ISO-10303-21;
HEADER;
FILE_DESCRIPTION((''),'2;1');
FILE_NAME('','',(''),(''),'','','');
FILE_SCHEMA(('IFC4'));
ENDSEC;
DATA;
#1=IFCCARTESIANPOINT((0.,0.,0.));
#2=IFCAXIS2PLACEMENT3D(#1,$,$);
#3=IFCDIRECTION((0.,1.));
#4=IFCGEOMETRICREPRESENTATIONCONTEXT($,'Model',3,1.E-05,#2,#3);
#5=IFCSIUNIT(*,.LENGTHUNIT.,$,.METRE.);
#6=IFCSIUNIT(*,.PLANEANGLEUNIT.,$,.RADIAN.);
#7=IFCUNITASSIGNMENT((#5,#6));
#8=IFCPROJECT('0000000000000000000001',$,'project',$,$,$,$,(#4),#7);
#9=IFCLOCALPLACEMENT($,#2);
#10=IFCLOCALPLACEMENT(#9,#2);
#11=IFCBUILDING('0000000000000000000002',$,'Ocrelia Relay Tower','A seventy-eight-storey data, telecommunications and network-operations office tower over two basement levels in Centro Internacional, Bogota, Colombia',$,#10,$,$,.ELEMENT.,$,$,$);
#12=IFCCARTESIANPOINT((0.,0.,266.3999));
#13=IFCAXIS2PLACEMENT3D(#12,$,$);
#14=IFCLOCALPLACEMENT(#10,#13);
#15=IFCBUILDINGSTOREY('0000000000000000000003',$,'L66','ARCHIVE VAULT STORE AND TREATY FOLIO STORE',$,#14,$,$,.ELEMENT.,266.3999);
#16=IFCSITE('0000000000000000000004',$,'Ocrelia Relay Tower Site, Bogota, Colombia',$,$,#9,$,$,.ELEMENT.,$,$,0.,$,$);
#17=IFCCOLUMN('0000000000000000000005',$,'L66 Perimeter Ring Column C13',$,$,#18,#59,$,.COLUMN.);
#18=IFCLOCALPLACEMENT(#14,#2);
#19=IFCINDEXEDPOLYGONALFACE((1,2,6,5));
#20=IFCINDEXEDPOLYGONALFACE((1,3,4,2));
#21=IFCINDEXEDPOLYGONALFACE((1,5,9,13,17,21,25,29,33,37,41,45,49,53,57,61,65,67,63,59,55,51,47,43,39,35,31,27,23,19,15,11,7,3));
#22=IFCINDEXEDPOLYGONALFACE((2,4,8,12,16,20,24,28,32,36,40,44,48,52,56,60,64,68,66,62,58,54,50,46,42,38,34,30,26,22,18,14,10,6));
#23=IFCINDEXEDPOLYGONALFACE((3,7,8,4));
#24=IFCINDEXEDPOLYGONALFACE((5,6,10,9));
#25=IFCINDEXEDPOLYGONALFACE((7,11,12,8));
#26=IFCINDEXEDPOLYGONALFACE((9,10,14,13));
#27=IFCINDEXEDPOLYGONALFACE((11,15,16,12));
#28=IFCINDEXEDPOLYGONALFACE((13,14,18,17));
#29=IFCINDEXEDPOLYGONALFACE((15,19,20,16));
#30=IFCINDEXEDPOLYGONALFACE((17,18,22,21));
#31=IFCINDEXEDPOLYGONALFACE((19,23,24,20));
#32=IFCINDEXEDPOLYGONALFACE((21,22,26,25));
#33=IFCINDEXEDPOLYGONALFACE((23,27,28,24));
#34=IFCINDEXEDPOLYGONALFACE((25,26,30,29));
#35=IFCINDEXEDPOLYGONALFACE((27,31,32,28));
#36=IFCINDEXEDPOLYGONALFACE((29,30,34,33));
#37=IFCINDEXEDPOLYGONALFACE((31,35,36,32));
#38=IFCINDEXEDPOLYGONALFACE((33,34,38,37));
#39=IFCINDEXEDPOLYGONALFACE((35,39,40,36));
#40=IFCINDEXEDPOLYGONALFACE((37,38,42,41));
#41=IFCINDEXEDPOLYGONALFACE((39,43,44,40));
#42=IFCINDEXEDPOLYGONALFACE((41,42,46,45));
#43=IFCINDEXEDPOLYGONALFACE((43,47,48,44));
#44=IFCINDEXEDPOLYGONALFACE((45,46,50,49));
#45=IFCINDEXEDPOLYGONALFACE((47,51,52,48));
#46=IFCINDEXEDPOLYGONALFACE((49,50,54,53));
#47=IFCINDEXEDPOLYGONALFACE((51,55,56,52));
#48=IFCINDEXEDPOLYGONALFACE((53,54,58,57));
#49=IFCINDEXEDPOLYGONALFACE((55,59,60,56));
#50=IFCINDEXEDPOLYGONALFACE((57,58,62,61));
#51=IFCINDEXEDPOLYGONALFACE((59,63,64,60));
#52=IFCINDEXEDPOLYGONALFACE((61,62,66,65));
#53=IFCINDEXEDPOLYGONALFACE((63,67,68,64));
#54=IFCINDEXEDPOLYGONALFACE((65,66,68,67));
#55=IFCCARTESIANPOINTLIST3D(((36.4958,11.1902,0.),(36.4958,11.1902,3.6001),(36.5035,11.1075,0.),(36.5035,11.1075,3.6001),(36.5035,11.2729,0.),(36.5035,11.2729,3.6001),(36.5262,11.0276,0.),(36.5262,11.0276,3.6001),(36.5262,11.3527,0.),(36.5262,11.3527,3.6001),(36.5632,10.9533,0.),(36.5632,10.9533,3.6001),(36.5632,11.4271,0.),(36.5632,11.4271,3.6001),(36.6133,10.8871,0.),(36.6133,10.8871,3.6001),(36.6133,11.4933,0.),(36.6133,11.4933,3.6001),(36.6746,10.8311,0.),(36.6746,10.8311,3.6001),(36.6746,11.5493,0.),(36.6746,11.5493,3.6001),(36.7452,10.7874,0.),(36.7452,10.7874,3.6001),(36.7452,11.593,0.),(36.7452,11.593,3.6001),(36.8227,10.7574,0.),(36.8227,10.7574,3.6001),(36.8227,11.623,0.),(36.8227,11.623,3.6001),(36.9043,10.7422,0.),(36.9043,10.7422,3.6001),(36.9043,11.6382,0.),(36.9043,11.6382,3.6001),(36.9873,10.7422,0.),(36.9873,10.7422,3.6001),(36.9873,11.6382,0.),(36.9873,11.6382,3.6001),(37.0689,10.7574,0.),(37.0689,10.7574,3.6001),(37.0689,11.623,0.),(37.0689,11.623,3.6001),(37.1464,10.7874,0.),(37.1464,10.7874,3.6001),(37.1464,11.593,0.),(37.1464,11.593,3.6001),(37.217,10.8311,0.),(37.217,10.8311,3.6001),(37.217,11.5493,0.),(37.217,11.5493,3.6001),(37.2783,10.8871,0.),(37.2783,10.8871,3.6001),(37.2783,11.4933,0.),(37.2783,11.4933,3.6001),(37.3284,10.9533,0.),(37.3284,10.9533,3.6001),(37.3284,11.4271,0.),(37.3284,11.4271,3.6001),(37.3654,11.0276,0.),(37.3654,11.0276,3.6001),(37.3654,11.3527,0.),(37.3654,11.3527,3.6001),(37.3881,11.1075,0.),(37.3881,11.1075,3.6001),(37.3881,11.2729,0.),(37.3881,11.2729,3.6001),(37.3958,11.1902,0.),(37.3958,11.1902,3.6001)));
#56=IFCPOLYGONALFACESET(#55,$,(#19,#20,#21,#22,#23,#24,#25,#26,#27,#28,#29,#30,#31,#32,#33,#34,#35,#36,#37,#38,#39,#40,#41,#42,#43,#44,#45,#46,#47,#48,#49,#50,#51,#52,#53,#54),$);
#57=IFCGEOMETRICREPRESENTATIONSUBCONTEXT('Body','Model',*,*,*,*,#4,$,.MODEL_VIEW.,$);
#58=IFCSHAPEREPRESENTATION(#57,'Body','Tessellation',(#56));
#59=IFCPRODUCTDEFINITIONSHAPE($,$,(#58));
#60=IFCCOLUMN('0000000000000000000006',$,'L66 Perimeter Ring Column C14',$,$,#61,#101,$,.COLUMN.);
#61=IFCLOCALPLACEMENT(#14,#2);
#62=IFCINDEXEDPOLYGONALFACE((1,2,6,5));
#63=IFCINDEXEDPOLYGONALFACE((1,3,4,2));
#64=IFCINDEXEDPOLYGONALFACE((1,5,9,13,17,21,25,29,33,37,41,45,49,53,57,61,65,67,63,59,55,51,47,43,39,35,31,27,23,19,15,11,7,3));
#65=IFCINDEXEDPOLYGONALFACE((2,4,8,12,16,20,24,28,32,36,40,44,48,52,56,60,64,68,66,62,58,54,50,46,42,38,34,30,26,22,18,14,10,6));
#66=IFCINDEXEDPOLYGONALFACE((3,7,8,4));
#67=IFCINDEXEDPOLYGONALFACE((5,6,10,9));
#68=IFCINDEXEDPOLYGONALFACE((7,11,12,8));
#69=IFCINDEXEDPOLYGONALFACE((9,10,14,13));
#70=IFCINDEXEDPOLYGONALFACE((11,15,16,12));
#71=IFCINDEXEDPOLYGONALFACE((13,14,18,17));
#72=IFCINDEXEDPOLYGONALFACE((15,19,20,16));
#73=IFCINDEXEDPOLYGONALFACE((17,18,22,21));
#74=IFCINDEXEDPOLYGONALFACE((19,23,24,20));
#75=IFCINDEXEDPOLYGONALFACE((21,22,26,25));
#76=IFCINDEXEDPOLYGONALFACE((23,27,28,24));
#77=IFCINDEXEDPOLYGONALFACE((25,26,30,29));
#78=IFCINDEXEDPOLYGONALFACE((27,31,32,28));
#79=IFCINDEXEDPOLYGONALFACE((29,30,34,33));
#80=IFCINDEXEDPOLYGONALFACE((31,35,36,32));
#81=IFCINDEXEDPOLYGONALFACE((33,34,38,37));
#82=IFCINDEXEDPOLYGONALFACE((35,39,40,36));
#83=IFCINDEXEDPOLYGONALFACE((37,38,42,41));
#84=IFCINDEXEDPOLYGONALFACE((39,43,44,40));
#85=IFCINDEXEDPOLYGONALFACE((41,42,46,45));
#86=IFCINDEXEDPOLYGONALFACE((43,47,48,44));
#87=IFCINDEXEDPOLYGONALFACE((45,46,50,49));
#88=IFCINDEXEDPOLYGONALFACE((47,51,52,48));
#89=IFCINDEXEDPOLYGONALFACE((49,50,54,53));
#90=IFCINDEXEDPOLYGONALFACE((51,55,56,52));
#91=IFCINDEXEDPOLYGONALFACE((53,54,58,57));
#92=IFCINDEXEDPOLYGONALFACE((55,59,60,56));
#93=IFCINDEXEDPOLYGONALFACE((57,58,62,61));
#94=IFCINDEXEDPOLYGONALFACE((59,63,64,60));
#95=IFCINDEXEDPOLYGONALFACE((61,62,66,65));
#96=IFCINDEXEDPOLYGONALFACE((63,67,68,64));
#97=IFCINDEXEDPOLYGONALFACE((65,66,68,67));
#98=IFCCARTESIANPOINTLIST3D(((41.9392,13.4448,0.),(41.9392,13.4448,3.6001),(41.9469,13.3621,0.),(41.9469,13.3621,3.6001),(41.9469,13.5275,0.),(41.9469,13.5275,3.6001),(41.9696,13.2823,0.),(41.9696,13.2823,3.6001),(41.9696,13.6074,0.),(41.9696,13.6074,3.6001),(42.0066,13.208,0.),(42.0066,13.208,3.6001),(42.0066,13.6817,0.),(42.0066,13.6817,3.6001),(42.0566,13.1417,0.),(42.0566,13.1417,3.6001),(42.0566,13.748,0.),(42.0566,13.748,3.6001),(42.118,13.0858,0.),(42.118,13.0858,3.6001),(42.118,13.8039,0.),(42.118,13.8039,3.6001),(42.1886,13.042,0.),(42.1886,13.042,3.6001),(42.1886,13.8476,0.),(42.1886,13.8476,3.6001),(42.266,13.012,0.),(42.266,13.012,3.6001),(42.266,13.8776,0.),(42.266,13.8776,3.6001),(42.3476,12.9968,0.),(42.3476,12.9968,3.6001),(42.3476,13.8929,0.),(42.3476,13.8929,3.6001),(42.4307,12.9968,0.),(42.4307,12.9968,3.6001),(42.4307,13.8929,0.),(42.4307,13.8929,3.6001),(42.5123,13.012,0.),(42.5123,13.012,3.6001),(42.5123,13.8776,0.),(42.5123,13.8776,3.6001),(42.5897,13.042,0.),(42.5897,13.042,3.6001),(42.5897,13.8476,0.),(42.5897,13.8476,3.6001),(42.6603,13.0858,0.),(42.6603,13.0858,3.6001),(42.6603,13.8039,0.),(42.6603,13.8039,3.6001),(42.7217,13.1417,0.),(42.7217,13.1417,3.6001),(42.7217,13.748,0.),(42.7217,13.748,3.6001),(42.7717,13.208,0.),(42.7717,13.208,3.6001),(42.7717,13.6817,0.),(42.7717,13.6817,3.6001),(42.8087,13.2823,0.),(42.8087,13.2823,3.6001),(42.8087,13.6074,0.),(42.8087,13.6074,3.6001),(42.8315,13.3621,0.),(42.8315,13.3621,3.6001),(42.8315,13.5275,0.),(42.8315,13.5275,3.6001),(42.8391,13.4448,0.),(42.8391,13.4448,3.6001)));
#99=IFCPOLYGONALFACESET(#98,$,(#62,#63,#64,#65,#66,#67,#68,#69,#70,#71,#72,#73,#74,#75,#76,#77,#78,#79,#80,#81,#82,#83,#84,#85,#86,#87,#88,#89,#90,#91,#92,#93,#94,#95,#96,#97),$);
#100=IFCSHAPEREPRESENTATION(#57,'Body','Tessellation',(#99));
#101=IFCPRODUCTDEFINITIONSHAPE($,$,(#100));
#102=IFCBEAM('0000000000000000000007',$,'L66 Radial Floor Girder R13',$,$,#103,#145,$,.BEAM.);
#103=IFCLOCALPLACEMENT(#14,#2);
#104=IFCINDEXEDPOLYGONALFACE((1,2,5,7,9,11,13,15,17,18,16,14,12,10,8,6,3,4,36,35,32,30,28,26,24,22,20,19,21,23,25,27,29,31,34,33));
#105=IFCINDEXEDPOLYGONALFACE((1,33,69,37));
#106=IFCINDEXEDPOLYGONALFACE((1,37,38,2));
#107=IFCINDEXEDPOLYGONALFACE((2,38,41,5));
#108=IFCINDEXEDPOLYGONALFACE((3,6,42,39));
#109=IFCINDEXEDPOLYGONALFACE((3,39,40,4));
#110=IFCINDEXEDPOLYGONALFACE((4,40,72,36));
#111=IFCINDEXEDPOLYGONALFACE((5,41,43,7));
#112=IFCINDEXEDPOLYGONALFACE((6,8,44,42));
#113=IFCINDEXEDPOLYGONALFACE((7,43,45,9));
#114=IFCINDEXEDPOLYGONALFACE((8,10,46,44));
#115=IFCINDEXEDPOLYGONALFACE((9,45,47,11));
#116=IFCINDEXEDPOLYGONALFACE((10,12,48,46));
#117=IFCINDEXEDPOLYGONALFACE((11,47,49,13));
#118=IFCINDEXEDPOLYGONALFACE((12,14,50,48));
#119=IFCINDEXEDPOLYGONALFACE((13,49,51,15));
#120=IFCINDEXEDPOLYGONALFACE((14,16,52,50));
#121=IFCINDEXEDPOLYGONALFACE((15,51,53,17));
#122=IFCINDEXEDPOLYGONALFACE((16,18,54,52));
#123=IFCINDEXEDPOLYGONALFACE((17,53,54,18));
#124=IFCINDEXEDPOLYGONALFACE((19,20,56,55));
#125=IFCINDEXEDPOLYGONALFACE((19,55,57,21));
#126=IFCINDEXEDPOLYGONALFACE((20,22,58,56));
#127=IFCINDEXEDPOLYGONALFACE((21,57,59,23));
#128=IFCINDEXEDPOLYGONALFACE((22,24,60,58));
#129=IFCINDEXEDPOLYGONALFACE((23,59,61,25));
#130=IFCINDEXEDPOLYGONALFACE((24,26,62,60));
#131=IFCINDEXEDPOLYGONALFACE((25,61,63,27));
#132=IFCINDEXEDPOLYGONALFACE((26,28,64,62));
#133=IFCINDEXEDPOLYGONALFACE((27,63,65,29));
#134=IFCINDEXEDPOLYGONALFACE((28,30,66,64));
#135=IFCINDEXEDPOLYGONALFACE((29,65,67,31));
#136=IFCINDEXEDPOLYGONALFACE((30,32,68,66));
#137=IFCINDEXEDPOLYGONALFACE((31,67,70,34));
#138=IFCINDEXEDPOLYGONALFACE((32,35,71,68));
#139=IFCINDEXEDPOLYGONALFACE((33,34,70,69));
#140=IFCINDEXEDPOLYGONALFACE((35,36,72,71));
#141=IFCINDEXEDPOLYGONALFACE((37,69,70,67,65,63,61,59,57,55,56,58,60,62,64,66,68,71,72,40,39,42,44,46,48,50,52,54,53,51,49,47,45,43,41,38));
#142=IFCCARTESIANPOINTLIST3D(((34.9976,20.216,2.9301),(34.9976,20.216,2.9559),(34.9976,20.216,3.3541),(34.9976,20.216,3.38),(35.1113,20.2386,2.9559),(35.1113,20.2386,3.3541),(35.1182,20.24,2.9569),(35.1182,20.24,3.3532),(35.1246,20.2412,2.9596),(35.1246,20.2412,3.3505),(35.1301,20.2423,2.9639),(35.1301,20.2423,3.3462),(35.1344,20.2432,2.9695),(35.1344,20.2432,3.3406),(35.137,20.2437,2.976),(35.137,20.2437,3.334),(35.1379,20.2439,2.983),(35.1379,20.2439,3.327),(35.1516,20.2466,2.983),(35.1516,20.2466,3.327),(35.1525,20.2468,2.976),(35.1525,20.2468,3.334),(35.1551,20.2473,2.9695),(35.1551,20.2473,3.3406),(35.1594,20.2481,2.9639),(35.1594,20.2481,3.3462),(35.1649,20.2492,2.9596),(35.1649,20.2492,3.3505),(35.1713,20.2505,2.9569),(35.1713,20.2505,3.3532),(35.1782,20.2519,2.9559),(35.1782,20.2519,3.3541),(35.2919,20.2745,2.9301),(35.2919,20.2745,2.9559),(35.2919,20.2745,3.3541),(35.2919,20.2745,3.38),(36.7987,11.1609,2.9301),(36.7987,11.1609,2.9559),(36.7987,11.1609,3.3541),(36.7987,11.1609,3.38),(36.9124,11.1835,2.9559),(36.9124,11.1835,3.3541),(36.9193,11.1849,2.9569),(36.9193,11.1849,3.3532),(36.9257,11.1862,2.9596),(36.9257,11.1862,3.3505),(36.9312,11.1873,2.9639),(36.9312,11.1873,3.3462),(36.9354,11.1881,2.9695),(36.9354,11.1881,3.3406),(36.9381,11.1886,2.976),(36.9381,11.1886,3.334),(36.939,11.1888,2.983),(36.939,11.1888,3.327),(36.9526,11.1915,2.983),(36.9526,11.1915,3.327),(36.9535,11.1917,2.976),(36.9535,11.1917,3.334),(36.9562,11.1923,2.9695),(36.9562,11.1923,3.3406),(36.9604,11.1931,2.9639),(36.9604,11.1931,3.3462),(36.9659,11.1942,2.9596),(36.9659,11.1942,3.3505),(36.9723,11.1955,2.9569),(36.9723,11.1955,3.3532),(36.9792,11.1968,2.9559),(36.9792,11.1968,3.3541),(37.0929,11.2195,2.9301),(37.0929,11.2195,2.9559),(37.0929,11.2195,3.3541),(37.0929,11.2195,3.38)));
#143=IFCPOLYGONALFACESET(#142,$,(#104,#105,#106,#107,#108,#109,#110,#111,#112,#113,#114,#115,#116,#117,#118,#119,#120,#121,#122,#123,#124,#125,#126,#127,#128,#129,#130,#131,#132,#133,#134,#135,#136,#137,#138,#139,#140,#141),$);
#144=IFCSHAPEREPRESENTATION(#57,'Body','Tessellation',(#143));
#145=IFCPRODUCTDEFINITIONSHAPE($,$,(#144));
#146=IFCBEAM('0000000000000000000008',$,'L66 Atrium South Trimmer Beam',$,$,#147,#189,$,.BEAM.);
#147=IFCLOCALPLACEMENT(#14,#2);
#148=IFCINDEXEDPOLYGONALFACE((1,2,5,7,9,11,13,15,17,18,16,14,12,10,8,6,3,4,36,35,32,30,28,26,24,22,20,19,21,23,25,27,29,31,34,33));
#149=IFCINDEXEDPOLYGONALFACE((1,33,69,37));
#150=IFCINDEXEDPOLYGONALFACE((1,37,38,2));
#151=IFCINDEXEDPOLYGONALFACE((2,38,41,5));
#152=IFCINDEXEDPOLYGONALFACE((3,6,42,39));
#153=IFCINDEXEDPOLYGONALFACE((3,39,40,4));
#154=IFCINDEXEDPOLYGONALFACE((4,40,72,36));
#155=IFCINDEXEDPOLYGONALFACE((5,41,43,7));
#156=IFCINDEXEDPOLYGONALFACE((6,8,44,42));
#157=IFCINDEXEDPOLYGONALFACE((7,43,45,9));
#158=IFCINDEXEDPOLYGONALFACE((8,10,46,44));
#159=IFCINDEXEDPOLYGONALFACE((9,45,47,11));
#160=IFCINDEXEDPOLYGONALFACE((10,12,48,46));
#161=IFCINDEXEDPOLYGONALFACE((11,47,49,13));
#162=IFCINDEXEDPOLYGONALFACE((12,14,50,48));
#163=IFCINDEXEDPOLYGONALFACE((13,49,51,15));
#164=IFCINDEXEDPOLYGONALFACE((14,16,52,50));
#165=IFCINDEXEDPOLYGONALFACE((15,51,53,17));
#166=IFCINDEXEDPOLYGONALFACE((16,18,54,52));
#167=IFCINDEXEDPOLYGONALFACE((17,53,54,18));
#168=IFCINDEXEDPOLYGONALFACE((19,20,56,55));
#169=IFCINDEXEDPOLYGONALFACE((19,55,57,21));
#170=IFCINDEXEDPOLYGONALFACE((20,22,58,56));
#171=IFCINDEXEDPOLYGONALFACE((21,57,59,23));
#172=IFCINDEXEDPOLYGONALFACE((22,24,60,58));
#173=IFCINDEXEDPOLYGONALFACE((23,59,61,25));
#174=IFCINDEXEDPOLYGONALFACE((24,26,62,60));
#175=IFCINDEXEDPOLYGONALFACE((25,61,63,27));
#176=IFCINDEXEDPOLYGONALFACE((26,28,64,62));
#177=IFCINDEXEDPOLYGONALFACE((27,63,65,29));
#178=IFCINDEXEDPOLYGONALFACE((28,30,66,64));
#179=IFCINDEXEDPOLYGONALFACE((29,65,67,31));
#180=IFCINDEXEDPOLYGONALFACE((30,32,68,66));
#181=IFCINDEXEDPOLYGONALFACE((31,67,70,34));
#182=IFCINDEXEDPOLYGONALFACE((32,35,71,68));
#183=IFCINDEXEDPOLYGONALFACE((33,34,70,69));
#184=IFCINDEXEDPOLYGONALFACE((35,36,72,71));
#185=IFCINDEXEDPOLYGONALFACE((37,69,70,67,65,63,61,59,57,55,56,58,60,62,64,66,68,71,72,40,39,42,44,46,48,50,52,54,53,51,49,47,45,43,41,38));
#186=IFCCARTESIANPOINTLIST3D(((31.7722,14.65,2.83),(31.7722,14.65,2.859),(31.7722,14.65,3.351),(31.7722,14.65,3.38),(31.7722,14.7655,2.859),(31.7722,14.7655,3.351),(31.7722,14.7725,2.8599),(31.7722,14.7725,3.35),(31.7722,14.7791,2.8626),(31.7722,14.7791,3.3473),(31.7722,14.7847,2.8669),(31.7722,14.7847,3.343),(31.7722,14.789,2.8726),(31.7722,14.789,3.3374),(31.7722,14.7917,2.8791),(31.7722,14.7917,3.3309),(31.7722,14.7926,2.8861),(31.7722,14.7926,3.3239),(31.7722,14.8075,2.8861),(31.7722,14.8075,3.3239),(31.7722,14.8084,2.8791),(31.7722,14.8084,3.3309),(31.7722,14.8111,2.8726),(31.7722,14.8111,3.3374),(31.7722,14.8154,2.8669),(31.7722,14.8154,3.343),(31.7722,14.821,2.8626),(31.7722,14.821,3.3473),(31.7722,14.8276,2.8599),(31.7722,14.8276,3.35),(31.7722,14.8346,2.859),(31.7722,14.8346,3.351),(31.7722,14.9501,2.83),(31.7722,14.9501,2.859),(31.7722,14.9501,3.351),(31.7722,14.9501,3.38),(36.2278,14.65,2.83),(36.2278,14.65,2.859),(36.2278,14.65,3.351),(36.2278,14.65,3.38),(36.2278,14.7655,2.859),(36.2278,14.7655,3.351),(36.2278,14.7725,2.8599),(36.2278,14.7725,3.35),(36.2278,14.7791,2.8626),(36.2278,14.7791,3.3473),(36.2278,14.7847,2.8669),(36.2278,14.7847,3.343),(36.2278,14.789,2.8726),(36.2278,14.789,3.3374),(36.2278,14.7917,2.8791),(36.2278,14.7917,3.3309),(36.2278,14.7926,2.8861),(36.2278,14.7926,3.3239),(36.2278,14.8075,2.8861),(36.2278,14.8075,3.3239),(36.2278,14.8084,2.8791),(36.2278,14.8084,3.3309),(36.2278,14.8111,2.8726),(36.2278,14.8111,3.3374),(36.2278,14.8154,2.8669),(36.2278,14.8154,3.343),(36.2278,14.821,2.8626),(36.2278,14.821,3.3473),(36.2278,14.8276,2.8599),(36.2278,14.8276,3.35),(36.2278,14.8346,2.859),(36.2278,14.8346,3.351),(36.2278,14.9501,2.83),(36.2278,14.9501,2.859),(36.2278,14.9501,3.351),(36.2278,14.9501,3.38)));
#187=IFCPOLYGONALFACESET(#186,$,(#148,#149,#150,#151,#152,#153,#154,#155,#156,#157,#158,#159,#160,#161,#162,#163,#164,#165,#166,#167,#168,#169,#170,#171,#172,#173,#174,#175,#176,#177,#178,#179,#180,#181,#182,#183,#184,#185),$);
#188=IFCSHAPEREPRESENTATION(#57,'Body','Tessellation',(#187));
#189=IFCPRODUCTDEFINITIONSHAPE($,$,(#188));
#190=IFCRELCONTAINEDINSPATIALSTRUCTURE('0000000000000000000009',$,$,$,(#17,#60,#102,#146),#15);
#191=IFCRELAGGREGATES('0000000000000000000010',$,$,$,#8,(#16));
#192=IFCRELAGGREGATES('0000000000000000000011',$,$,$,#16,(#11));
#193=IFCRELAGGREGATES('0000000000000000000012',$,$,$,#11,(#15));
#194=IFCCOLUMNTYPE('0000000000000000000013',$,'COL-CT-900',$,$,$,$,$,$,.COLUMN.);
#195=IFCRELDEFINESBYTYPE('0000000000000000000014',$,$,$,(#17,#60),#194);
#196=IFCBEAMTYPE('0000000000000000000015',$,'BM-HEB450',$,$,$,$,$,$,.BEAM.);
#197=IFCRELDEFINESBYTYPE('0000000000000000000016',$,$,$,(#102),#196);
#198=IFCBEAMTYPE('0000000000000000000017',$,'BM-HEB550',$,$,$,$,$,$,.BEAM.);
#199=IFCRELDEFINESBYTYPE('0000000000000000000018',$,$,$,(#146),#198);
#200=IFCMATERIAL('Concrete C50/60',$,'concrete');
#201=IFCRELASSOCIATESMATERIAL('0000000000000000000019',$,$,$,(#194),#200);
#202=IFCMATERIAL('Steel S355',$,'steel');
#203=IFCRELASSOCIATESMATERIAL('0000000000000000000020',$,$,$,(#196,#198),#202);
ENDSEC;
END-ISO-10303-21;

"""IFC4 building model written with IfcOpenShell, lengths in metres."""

from ifc_helpers import new_model, si_unit, direction, frame, origin, origin_2d, place, context, subcontext, project, spatial, circle, i_section, extrude, material, material_profile, profile_set, type_object, element, save


model = new_model("IFC4")

# Units and contexts
model_context = context("Model", 3, precision=1e-05, world=origin(), true_north=direction((0.0, 1.0)))
body_context = subcontext(model_context, "Body", "Model", "MODEL_VIEW")
ifc_project = project(units=[si_unit("LENGTHUNIT", "METRE"), si_unit("PLANEANGLEUNIT", "RADIAN")], contexts=[model_context])

# Site, building, storey
site_placement = place(None, origin())
site = spatial("IfcSite", under=ifc_project, at=site_placement, Name="Ocrelia Relay Tower Site, Bogota, Colombia", CompositionType="ELEMENT", RefElevation=0.0)
building_placement = place(site_placement, origin())
building = spatial("IfcBuilding", under=site, at=building_placement, Name="Ocrelia Relay Tower", Description="A seventy-eight-storey data, telecommunications and network-operations office tower over two basement levels in Centro Internacional, Bogota, Colombia", CompositionType="ELEMENT")
storey_placement = place(building_placement, frame((0.0, 0.0, 266.3999)))
storey = spatial("IfcBuildingStorey", under=building, at=storey_placement, Name="L66", Description="ARCHIVE VAULT STORE AND TREATY FOLIO STORE", CompositionType="ELEMENT", Elevation=266.3999)

# Columns
ifc_material_1 = material(Name="Concrete C50/60", Category="concrete")
ifc_material_profile_1 = material_profile(ifc_material_1, circle(Radius=0.45, at=origin_2d()), Name="RC-CIR-900")
ifc_profile_set_1 = profile_set([ifc_material_profile_1], Name="Concrete C50/60")
column_type = type_object("IfcColumnType", Name="COL-CT-900", PredefinedType="COLUMN", material=ifc_profile_set_1)
for number, where, z_axis, x_axis, name in (
    (1, (36.9458, 11.1902, 0.0), (0.0, 0.0, 1.0), (1.0, 0.0, 0.0), "L66 Perimeter Ring Column C13"),
    (2, (42.3892, 13.4448, 0.0), (0.0, 0.0, 1.0), (1.0, 0.0, 0.0), "L66 Perimeter Ring Column C14"),
):
    element("IfcColumn", number, at=place(storey_placement, frame(where, z_axis=z_axis, x_axis=x_axis)), inside=storey, type_object=column_type, Name=name, PredefinedType="COLUMN", context=body_context, shape_type="SweptSolid", body=[
        extrude(circle(Radius=0.45, at=origin_2d()), origin(), (0.0, 0.0, 1.0), 3.6001),
    ])

# Beams
ifc_material_2 = material(Name="Steel S355", Category="steel")
ifc_material_profile_2 = material_profile(ifc_material_2, i_section(OverallWidth=0.3, OverallDepth=0.45, WebThickness=0.0139, FlangeThickness=0.0259, FilletRadius=0.0271, at=origin_2d()), Name="HEB 450")
ifc_profile_set_2 = profile_set([ifc_material_profile_2], Name="Steel S355")
beam_type_1 = type_object("IfcBeamType", Name="BM-HEB450", PredefinedType="BEAM", material=ifc_profile_set_2)
beam_1_placement = place(storey_placement, frame((36.9458, 11.1902, 3.155), z_axis=(-0.195079, 0.980788, 0.0), x_axis=(-0.980788, -0.195079, 0.0)))
element("IfcBeam", 3, at=beam_1_placement, inside=storey, type_object=beam_type_1, Name="L66 Radial Floor Girder R13", PredefinedType="BEAM", context=body_context, shape_type="SweptSolid", body=[
    extrude(i_section(OverallWidth=0.3, OverallDepth=0.45, WebThickness=0.0139, FlangeThickness=0.0259, FilletRadius=0.0271, at=origin_2d()), origin(), (0.0, 0.0, 1.0), 9.2324),
])
ifc_material_profile_3 = material_profile(ifc_material_2, i_section(OverallWidth=0.3, OverallDepth=0.55, WebThickness=0.0149, FlangeThickness=0.0291, FilletRadius=0.0271, at=origin_2d()), Name="HEB 550")
ifc_profile_set_3 = profile_set([ifc_material_profile_3], Name="Steel S355")
beam_type_2 = type_object("IfcBeamType", Name="BM-HEB550", PredefinedType="BEAM", material=ifc_profile_set_3)
beam_2_placement = place(storey_placement, frame((31.7722, 14.8, 3.105), z_axis=(1.0, 0.0, 0.0), x_axis=(0.0, 1.0, 0.0)))
element("IfcBeam", 4, at=beam_2_placement, inside=storey, type_object=beam_type_2, Name="L66 Atrium South Trimmer Beam", PredefinedType="BEAM", context=body_context, shape_type="SweptSolid", body=[
    extrude(i_section(OverallWidth=0.3, OverallDepth=0.55, WebThickness=0.0149, FlangeThickness=0.0291, FilletRadius=0.0271, at=origin_2d()), origin(), (0.0, 0.0, 1.0), 4.4556),
])

save(model, "model.ifc")
